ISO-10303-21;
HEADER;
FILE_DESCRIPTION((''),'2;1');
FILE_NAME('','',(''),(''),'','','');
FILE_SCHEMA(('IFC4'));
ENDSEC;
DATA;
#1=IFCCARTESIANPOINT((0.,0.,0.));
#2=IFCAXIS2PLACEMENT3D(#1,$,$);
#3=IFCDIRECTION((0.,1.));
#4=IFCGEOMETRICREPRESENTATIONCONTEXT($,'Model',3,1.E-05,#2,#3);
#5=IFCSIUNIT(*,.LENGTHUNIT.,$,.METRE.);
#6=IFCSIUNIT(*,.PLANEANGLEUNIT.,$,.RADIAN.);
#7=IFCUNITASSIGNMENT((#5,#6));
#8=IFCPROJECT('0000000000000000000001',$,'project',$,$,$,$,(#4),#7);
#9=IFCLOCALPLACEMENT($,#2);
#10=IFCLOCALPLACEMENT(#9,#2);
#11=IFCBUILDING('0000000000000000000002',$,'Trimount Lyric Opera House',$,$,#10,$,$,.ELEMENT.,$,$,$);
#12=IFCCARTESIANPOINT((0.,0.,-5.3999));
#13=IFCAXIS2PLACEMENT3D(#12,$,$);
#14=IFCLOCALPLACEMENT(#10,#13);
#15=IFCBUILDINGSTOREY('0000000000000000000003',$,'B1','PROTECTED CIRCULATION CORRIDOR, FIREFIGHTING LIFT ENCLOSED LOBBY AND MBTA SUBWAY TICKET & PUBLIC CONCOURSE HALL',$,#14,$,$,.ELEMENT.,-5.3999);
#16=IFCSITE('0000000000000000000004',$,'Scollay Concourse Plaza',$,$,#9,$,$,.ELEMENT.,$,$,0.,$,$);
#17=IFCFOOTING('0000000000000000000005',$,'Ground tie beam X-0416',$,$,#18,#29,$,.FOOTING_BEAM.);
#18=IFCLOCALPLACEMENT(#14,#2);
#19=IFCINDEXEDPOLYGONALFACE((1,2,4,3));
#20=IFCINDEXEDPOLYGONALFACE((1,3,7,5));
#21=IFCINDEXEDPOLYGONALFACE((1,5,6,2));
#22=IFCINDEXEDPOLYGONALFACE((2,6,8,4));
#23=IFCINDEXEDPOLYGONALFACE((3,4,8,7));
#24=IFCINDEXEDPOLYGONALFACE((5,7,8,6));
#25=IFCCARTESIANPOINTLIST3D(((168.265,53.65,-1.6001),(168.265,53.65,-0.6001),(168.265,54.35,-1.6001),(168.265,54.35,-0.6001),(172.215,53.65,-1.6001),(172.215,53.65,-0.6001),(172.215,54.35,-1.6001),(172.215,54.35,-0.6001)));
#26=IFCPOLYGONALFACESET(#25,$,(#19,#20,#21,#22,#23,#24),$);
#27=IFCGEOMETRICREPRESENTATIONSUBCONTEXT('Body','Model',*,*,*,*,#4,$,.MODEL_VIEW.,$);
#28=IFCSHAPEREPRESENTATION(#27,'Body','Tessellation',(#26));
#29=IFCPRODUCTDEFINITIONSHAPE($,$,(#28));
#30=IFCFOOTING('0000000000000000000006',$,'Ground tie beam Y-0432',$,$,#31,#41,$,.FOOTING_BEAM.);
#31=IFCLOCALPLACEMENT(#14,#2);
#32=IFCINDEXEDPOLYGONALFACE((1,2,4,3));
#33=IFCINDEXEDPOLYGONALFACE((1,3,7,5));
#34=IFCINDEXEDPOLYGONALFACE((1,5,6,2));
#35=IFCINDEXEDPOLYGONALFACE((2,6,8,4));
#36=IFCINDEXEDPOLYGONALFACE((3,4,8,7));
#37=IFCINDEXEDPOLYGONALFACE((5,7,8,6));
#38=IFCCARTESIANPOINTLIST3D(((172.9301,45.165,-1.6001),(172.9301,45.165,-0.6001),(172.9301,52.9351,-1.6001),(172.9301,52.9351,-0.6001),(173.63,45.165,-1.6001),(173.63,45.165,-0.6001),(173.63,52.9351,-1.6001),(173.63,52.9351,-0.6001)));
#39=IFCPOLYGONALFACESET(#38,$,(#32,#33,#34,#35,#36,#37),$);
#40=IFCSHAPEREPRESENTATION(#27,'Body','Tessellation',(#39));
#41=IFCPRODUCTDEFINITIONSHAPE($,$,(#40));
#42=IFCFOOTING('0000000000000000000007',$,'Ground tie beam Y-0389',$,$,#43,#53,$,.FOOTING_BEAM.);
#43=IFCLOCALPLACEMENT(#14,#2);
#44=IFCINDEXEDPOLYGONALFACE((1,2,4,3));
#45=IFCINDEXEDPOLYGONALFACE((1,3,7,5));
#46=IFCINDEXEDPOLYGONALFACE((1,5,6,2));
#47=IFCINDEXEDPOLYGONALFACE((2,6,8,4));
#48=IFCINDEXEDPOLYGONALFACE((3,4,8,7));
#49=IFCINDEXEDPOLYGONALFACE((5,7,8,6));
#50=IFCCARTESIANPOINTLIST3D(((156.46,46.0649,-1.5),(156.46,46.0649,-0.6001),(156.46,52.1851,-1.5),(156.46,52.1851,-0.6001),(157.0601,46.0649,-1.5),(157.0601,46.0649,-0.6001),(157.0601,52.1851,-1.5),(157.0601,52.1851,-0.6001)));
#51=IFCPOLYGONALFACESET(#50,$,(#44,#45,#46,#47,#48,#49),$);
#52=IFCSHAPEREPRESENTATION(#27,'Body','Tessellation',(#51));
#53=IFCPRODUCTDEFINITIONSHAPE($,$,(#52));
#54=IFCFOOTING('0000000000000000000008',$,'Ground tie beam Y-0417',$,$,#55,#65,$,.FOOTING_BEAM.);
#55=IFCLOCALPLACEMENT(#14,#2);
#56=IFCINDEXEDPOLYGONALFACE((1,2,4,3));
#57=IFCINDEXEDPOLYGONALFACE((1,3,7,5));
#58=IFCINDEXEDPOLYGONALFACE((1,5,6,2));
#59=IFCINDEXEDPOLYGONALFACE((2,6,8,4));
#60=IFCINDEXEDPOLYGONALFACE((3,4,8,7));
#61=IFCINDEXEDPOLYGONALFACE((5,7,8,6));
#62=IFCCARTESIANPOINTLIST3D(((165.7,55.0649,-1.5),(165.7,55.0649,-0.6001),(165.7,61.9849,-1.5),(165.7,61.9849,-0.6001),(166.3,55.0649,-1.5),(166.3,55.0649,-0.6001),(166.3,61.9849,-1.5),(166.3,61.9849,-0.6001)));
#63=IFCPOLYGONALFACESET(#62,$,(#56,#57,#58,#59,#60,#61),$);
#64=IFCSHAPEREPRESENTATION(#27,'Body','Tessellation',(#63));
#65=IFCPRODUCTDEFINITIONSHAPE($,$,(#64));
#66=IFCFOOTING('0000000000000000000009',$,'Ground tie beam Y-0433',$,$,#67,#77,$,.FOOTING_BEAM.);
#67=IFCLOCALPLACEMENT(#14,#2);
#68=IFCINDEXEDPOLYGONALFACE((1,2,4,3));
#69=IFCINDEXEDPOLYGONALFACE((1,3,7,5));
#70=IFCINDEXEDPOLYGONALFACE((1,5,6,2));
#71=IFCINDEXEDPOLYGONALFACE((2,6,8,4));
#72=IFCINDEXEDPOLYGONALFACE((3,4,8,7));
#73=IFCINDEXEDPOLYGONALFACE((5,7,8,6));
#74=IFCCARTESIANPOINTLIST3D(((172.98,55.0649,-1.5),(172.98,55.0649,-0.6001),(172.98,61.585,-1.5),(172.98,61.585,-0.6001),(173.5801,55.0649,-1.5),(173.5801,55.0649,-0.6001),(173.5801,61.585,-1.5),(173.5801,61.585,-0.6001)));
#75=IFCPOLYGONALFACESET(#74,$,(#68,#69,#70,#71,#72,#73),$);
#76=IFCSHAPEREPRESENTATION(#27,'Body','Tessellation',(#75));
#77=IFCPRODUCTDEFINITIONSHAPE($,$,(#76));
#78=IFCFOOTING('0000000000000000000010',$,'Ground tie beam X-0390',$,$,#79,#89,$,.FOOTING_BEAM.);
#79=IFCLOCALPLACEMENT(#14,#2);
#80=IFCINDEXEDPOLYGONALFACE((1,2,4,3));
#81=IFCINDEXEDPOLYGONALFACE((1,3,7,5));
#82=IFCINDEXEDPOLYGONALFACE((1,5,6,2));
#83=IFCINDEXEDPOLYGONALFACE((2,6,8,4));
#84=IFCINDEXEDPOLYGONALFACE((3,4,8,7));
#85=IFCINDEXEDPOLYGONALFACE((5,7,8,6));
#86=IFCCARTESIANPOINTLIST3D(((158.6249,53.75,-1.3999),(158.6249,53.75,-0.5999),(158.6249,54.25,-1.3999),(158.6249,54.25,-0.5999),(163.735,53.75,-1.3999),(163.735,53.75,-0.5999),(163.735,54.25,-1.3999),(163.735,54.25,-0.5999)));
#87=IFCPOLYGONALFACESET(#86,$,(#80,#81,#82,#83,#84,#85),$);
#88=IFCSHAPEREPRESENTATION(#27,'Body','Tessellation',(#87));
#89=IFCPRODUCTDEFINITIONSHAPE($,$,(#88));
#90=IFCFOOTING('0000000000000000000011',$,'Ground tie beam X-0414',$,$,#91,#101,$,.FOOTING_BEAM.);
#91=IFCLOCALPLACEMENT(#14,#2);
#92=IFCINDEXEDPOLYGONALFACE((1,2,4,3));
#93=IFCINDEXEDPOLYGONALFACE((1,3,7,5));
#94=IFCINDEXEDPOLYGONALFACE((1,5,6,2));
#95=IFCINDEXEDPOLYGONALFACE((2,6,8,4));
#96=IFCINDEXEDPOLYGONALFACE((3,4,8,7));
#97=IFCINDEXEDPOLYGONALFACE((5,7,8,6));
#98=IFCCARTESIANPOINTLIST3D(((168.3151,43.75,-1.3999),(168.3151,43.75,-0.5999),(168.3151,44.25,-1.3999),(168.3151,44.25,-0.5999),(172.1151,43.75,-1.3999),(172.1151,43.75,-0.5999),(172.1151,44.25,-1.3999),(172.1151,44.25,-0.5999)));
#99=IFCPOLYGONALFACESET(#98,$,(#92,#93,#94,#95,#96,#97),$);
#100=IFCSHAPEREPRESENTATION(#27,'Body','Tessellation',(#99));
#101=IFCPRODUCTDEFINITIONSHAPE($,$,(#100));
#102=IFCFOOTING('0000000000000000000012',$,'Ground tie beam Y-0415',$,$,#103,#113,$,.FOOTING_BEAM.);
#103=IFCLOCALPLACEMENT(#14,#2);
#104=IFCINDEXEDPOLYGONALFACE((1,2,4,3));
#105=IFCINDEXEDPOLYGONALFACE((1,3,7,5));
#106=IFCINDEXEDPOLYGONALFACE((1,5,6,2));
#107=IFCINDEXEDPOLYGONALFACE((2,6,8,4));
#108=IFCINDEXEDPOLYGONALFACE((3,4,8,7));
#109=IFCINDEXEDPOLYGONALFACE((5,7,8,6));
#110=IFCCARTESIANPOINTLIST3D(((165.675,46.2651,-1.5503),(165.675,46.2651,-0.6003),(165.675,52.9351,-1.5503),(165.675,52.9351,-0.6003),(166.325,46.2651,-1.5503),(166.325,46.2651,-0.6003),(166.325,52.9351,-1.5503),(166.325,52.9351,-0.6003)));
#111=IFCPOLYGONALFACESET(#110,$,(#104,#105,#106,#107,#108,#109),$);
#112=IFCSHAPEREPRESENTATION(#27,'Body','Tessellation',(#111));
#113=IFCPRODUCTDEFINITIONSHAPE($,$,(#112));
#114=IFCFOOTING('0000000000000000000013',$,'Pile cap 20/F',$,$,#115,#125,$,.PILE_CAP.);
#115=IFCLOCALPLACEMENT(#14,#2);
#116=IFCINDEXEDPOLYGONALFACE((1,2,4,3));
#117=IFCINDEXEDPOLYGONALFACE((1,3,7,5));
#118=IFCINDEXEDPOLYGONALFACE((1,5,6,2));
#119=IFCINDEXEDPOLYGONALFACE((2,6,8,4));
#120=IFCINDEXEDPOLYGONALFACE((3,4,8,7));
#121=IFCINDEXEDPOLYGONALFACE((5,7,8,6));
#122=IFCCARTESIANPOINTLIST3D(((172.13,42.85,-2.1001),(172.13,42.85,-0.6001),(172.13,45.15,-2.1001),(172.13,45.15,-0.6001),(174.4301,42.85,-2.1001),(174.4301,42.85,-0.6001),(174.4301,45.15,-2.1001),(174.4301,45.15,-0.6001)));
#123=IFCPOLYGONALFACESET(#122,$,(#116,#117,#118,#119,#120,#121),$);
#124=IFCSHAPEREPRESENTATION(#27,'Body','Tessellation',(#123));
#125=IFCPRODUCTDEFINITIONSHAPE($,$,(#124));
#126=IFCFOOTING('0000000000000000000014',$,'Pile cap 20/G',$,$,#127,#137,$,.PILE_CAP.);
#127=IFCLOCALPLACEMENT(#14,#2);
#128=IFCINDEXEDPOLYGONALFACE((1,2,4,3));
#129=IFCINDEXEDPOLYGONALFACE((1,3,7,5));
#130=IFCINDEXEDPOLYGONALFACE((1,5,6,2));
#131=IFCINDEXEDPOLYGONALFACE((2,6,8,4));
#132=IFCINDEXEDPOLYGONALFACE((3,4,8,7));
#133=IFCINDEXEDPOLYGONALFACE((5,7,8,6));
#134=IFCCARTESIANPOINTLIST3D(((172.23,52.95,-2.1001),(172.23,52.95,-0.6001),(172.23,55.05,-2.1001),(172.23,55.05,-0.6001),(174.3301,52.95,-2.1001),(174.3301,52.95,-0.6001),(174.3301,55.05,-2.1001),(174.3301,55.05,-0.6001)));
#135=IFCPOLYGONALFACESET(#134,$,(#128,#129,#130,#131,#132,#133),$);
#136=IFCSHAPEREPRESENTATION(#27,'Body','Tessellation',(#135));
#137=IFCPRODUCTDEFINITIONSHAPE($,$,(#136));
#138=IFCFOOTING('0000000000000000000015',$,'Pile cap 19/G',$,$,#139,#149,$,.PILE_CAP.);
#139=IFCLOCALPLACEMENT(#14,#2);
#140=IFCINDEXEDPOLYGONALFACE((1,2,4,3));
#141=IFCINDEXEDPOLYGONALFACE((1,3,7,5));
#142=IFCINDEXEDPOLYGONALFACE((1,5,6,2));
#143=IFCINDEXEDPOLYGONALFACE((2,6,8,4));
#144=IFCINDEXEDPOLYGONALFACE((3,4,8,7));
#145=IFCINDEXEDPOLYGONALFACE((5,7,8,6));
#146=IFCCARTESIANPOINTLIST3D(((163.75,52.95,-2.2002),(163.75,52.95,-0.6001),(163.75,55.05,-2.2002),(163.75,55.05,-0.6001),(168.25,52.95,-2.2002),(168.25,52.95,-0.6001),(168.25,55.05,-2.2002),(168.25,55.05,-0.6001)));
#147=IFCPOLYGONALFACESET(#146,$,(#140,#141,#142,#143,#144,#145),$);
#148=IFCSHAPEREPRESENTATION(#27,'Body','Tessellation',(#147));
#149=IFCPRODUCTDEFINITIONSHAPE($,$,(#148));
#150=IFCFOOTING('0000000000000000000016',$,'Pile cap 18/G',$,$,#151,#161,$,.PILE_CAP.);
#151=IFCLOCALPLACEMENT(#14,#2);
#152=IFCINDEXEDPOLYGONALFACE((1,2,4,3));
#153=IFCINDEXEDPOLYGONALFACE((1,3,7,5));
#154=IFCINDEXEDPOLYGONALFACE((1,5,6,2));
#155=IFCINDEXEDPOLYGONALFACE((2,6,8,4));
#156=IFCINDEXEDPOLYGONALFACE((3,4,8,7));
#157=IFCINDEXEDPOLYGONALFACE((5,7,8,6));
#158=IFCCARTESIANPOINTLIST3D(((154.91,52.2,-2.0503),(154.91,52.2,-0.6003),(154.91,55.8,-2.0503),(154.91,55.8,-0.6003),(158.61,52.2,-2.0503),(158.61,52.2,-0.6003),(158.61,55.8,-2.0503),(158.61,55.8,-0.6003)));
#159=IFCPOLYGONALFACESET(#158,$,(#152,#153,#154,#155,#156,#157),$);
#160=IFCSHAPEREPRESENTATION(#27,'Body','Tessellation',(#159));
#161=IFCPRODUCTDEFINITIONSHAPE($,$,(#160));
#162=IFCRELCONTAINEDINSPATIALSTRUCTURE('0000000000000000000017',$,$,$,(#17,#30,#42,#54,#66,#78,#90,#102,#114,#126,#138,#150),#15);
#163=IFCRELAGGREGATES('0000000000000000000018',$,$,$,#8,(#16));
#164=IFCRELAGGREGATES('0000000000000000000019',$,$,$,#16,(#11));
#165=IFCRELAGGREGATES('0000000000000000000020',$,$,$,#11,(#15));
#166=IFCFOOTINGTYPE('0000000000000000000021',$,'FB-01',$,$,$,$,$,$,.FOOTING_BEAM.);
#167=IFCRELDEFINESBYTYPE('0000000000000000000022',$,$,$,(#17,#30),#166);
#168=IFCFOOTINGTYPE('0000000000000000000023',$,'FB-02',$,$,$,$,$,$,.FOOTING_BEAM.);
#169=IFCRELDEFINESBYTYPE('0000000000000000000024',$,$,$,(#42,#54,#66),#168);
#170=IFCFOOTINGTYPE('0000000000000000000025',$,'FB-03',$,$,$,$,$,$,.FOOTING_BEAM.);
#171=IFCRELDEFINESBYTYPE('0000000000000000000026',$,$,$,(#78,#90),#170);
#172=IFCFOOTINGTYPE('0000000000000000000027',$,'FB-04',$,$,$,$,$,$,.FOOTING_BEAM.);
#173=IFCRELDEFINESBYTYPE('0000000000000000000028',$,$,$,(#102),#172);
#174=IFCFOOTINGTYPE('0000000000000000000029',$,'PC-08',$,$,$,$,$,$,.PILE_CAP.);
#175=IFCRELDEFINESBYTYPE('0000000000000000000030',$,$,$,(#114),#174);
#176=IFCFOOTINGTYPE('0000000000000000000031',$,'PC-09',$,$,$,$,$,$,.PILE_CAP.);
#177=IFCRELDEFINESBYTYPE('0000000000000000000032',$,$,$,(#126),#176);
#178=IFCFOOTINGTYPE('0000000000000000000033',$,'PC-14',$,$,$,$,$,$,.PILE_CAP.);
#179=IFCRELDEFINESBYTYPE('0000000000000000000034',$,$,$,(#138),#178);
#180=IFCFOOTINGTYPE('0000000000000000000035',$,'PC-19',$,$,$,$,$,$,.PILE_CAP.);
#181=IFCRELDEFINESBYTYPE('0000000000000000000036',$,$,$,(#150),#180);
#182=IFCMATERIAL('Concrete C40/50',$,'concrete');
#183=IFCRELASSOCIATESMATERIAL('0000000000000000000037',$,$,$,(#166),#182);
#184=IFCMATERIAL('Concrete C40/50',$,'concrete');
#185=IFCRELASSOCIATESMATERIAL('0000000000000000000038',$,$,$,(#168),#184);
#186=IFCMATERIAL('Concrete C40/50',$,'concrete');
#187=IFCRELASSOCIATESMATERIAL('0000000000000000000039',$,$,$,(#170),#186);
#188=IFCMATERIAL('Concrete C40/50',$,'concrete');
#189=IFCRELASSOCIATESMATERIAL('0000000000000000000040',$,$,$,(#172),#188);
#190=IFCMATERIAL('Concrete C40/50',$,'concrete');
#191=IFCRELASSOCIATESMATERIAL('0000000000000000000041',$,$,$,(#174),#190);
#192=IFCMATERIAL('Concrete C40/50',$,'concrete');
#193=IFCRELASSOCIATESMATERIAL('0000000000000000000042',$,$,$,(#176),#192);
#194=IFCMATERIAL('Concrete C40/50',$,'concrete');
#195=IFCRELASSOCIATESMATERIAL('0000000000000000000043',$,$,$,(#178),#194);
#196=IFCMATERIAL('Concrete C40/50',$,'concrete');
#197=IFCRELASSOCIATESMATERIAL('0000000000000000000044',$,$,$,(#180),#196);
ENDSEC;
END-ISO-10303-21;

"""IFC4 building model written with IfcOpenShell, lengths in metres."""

from ifc_helpers import new_model, si_unit, direction, frame, origin, origin_2d, place, context, subcontext, project, spatial, rectangle, extrude, material, type_object, element, save


model = new_model("IFC4")

# Units and contexts
model_context = context("Model", 3, precision=1e-05, world=origin(), true_north=direction((0.0, 1.0)))
body_context = subcontext(model_context, "Body", "Model", "MODEL_VIEW")
ifc_project = project(units=[si_unit("LENGTHUNIT", "METRE"), si_unit("PLANEANGLEUNIT", "RADIAN")], contexts=[model_context])

# Site, building, storey
site_placement = place(None, origin())
site = spatial("IfcSite", under=ifc_project, at=site_placement, Name="Scollay Concourse Plaza", CompositionType="ELEMENT", RefElevation=0.0)
building_placement = place(site_placement, origin())
building = spatial("IfcBuilding", under=site, at=building_placement, Name="Trimount Lyric Opera House", CompositionType="ELEMENT")
storey_placement = place(building_placement, frame((0.0, 0.0, -5.3999)))
storey = spatial("IfcBuildingStorey", under=building, at=storey_placement, Name="B1", Description="PROTECTED CIRCULATION CORRIDOR, FIREFIGHTING LIFT ENCLOSED LOBBY AND MBTA SUBWAY TICKET & PUBLIC CONCOURSE HALL", CompositionType="ELEMENT", Elevation=-5.3999)

# Footings
ifc_material_1 = material(Name="Concrete C40/50", Category="concrete")
footing_type_1 = type_object("IfcFootingType", Name="FB-01", PredefinedType="FOOTING_BEAM", material=ifc_material_1)
footing_1_placement = place(storey_placement, frame((170.24, 54.0, -1.6001), z_axis=(0.0, 0.0, 1.0), x_axis=(1.0, 0.0, 0.0)))
element("IfcFooting", 1, at=footing_1_placement, inside=storey, type_object=footing_type_1, Name="Ground tie beam X-0416", PredefinedType="FOOTING_BEAM", context=body_context, shape_type="SweptSolid", body=[
    extrude(rectangle(XDim=3.95, YDim=0.7, at=origin_2d()), origin(), (0.0, 0.0, 1.0), 1.0),
])
footing_2_placement = place(storey_placement, frame((173.28, 49.05, -1.6001), z_axis=(0.0, 0.0, 1.0), x_axis=(1.0, 0.0, 0.0)))
element("IfcFooting", 2, at=footing_2_placement, inside=storey, type_object=footing_type_1, Name="Ground tie beam Y-0432", PredefinedType="FOOTING_BEAM", context=body_context, shape_type="SweptSolid", body=[
    extrude(rectangle(XDim=0.7, YDim=7.77, at=origin_2d()), origin(), (0.0, 0.0, 1.0), 1.0),
])
ifc_material_2 = material(Name="Concrete C40/50", Category="concrete")
footing_type_2 = type_object("IfcFootingType", Name="FB-02", PredefinedType="FOOTING_BEAM", material=ifc_material_2)
footing_3_placement = place(storey_placement, frame((156.76, 49.125, -1.5), z_axis=(0.0, 0.0, 1.0), x_axis=(1.0, 0.0, 0.0)))
element("IfcFooting", 3, at=footing_3_placement, inside=storey, type_object=footing_type_2, Name="Ground tie beam Y-0389", PredefinedType="FOOTING_BEAM", context=body_context, shape_type="SweptSolid", body=[
    extrude(rectangle(XDim=0.6001, YDim=6.1201, at=origin_2d()), origin(), (0.0, 0.0, 1.0), 0.8999),
])
footing_4_placement = place(storey_placement, frame((166.0, 58.5249, -1.5), z_axis=(0.0, 0.0, 1.0), x_axis=(1.0, 0.0, 0.0)))
element("IfcFooting", 4, at=footing_4_placement, inside=storey, type_object=footing_type_2, Name="Ground tie beam Y-0417", PredefinedType="FOOTING_BEAM", context=body_context, shape_type="SweptSolid", body=[
    extrude(rectangle(XDim=0.6001, YDim=6.9199, at=origin_2d()), origin(), (0.0, 0.0, 1.0), 0.8999),
])
footing_5_placement = place(storey_placement, frame((173.28, 58.325, -1.5), z_axis=(0.0, 0.0, 1.0), x_axis=(1.0, 0.0, 0.0)))
element("IfcFooting", 5, at=footing_5_placement, inside=storey, type_object=footing_type_2, Name="Ground tie beam Y-0433", PredefinedType="FOOTING_BEAM", context=body_context, shape_type="SweptSolid", body=[
    extrude(rectangle(XDim=0.6001, YDim=6.52, at=origin_2d()), origin(), (0.0, 0.0, 1.0), 0.8999),
])
ifc_material_3 = material(Name="Concrete C40/50", Category="concrete")
footing_type_3 = type_object("IfcFootingType", Name="FB-03", PredefinedType="FOOTING_BEAM", material=ifc_material_3)
footing_6_placement = place(storey_placement, frame((161.1799, 54.0, -1.3999), z_axis=(0.0, 0.0, 1.0), x_axis=(1.0, 0.0, 0.0)))
element("IfcFooting", 6, at=footing_6_placement, inside=storey, type_object=footing_type_3, Name="Ground tie beam X-0390", PredefinedType="FOOTING_BEAM", context=body_context, shape_type="SweptSolid", body=[
    extrude(rectangle(XDim=5.1101, YDim=0.5, at=origin_2d()), origin(), (0.0, 0.0, 1.0), 0.8),
])
footing_7_placement = place(storey_placement, frame((170.2151, 44.0, -1.3999), z_axis=(0.0, 0.0, 1.0), x_axis=(1.0, 0.0, 0.0)))
element("IfcFooting", 7, at=footing_7_placement, inside=storey, type_object=footing_type_3, Name="Ground tie beam X-0414", PredefinedType="FOOTING_BEAM", context=body_context, shape_type="SweptSolid", body=[
    extrude(rectangle(XDim=3.8, YDim=0.5, at=origin_2d()), origin(), (0.0, 0.0, 1.0), 0.8),
])
ifc_material_4 = material(Name="Concrete C40/50", Category="concrete")
footing_type_4 = type_object("IfcFootingType", Name="FB-04", PredefinedType="FOOTING_BEAM", material=ifc_material_4)
footing_8_placement = place(storey_placement, frame((166.0, 49.6001, -1.5503), z_axis=(0.0, 0.0, 1.0), x_axis=(1.0, 0.0, 0.0)))
element("IfcFooting", 8, at=footing_8_placement, inside=storey, type_object=footing_type_4, Name="Ground tie beam Y-0415", PredefinedType="FOOTING_BEAM", context=body_context, shape_type="SweptSolid", body=[
    extrude(rectangle(XDim=0.6499, YDim=6.6699, at=origin_2d()), origin(), (0.0, 0.0, 1.0), 0.95),
])
ifc_material_5 = material(Name="Concrete C40/50", Category="concrete")
footing_type_5 = type_object("IfcFootingType", Name="PC-08", PredefinedType="PILE_CAP", material=ifc_material_5)
footing_9_placement = place(storey_placement, frame((173.28, 44.0, -2.1001), z_axis=(0.0, 0.0, 1.0), x_axis=(1.0, 0.0, 0.0)))
element("IfcFooting", 9, at=footing_9_placement, inside=storey, type_object=footing_type_5, Name="Pile cap 20/F", PredefinedType="PILE_CAP", context=body_context, shape_type="SweptSolid", body=[
    extrude(rectangle(XDim=2.3, YDim=2.3, at=origin_2d()), origin(), (0.0, 0.0, 1.0), 1.5),
])
ifc_material_6 = material(Name="Concrete C40/50", Category="concrete")
footing_type_6 = type_object("IfcFootingType", Name="PC-09", PredefinedType="PILE_CAP", material=ifc_material_6)
footing_10_placement = place(storey_placement, frame((173.28, 54.0, -2.1001), z_axis=(0.0, 0.0, 1.0), x_axis=(1.0, 0.0, 0.0)))
element("IfcFooting", 10, at=footing_10_placement, inside=storey, type_object=footing_type_6, Name="Pile cap 20/G", PredefinedType="PILE_CAP", context=body_context, shape_type="SweptSolid", body=[
    extrude(rectangle(XDim=2.1001, YDim=2.1001, at=origin_2d()), origin(), (0.0, 0.0, 1.0), 1.5),
])
ifc_material_7 = material(Name="Concrete C40/50", Category="concrete")
footing_type_7 = type_object("IfcFootingType", Name="PC-14", PredefinedType="PILE_CAP", material=ifc_material_7)
footing_11_placement = place(storey_placement, frame((166.0, 54.0, -2.2002), z_axis=(0.0, 0.0, 1.0), x_axis=(1.0, 0.0, 0.0)))
element("IfcFooting", 11, at=footing_11_placement, inside=storey, type_object=footing_type_7, Name="Pile cap 19/G", PredefinedType="PILE_CAP", context=body_context, shape_type="SweptSolid", body=[
    extrude(rectangle(XDim=4.5, YDim=2.1001, at=origin_2d()), origin(), (0.0, 0.0, 1.0), 1.6001),
])
ifc_material_8 = material(Name="Concrete C40/50", Category="concrete")
footing_type_8 = type_object("IfcFootingType", Name="PC-19", PredefinedType="PILE_CAP", material=ifc_material_8)
footing_12_placement = place(storey_placement, frame((156.76, 54.0, -2.0503), z_axis=(0.0, 0.0, 1.0), x_axis=(1.0, 0.0, 0.0)))
element("IfcFooting", 12, at=footing_12_placement, inside=storey, type_object=footing_type_8, Name="Pile cap 18/G", PredefinedType="PILE_CAP", context=body_context, shape_type="SweptSolid", body=[
    extrude(rectangle(XDim=3.7, YDim=3.6001, at=origin_2d()), origin(), (0.0, 0.0, 1.0), 1.45),
])

save(model, "model.ifc")
